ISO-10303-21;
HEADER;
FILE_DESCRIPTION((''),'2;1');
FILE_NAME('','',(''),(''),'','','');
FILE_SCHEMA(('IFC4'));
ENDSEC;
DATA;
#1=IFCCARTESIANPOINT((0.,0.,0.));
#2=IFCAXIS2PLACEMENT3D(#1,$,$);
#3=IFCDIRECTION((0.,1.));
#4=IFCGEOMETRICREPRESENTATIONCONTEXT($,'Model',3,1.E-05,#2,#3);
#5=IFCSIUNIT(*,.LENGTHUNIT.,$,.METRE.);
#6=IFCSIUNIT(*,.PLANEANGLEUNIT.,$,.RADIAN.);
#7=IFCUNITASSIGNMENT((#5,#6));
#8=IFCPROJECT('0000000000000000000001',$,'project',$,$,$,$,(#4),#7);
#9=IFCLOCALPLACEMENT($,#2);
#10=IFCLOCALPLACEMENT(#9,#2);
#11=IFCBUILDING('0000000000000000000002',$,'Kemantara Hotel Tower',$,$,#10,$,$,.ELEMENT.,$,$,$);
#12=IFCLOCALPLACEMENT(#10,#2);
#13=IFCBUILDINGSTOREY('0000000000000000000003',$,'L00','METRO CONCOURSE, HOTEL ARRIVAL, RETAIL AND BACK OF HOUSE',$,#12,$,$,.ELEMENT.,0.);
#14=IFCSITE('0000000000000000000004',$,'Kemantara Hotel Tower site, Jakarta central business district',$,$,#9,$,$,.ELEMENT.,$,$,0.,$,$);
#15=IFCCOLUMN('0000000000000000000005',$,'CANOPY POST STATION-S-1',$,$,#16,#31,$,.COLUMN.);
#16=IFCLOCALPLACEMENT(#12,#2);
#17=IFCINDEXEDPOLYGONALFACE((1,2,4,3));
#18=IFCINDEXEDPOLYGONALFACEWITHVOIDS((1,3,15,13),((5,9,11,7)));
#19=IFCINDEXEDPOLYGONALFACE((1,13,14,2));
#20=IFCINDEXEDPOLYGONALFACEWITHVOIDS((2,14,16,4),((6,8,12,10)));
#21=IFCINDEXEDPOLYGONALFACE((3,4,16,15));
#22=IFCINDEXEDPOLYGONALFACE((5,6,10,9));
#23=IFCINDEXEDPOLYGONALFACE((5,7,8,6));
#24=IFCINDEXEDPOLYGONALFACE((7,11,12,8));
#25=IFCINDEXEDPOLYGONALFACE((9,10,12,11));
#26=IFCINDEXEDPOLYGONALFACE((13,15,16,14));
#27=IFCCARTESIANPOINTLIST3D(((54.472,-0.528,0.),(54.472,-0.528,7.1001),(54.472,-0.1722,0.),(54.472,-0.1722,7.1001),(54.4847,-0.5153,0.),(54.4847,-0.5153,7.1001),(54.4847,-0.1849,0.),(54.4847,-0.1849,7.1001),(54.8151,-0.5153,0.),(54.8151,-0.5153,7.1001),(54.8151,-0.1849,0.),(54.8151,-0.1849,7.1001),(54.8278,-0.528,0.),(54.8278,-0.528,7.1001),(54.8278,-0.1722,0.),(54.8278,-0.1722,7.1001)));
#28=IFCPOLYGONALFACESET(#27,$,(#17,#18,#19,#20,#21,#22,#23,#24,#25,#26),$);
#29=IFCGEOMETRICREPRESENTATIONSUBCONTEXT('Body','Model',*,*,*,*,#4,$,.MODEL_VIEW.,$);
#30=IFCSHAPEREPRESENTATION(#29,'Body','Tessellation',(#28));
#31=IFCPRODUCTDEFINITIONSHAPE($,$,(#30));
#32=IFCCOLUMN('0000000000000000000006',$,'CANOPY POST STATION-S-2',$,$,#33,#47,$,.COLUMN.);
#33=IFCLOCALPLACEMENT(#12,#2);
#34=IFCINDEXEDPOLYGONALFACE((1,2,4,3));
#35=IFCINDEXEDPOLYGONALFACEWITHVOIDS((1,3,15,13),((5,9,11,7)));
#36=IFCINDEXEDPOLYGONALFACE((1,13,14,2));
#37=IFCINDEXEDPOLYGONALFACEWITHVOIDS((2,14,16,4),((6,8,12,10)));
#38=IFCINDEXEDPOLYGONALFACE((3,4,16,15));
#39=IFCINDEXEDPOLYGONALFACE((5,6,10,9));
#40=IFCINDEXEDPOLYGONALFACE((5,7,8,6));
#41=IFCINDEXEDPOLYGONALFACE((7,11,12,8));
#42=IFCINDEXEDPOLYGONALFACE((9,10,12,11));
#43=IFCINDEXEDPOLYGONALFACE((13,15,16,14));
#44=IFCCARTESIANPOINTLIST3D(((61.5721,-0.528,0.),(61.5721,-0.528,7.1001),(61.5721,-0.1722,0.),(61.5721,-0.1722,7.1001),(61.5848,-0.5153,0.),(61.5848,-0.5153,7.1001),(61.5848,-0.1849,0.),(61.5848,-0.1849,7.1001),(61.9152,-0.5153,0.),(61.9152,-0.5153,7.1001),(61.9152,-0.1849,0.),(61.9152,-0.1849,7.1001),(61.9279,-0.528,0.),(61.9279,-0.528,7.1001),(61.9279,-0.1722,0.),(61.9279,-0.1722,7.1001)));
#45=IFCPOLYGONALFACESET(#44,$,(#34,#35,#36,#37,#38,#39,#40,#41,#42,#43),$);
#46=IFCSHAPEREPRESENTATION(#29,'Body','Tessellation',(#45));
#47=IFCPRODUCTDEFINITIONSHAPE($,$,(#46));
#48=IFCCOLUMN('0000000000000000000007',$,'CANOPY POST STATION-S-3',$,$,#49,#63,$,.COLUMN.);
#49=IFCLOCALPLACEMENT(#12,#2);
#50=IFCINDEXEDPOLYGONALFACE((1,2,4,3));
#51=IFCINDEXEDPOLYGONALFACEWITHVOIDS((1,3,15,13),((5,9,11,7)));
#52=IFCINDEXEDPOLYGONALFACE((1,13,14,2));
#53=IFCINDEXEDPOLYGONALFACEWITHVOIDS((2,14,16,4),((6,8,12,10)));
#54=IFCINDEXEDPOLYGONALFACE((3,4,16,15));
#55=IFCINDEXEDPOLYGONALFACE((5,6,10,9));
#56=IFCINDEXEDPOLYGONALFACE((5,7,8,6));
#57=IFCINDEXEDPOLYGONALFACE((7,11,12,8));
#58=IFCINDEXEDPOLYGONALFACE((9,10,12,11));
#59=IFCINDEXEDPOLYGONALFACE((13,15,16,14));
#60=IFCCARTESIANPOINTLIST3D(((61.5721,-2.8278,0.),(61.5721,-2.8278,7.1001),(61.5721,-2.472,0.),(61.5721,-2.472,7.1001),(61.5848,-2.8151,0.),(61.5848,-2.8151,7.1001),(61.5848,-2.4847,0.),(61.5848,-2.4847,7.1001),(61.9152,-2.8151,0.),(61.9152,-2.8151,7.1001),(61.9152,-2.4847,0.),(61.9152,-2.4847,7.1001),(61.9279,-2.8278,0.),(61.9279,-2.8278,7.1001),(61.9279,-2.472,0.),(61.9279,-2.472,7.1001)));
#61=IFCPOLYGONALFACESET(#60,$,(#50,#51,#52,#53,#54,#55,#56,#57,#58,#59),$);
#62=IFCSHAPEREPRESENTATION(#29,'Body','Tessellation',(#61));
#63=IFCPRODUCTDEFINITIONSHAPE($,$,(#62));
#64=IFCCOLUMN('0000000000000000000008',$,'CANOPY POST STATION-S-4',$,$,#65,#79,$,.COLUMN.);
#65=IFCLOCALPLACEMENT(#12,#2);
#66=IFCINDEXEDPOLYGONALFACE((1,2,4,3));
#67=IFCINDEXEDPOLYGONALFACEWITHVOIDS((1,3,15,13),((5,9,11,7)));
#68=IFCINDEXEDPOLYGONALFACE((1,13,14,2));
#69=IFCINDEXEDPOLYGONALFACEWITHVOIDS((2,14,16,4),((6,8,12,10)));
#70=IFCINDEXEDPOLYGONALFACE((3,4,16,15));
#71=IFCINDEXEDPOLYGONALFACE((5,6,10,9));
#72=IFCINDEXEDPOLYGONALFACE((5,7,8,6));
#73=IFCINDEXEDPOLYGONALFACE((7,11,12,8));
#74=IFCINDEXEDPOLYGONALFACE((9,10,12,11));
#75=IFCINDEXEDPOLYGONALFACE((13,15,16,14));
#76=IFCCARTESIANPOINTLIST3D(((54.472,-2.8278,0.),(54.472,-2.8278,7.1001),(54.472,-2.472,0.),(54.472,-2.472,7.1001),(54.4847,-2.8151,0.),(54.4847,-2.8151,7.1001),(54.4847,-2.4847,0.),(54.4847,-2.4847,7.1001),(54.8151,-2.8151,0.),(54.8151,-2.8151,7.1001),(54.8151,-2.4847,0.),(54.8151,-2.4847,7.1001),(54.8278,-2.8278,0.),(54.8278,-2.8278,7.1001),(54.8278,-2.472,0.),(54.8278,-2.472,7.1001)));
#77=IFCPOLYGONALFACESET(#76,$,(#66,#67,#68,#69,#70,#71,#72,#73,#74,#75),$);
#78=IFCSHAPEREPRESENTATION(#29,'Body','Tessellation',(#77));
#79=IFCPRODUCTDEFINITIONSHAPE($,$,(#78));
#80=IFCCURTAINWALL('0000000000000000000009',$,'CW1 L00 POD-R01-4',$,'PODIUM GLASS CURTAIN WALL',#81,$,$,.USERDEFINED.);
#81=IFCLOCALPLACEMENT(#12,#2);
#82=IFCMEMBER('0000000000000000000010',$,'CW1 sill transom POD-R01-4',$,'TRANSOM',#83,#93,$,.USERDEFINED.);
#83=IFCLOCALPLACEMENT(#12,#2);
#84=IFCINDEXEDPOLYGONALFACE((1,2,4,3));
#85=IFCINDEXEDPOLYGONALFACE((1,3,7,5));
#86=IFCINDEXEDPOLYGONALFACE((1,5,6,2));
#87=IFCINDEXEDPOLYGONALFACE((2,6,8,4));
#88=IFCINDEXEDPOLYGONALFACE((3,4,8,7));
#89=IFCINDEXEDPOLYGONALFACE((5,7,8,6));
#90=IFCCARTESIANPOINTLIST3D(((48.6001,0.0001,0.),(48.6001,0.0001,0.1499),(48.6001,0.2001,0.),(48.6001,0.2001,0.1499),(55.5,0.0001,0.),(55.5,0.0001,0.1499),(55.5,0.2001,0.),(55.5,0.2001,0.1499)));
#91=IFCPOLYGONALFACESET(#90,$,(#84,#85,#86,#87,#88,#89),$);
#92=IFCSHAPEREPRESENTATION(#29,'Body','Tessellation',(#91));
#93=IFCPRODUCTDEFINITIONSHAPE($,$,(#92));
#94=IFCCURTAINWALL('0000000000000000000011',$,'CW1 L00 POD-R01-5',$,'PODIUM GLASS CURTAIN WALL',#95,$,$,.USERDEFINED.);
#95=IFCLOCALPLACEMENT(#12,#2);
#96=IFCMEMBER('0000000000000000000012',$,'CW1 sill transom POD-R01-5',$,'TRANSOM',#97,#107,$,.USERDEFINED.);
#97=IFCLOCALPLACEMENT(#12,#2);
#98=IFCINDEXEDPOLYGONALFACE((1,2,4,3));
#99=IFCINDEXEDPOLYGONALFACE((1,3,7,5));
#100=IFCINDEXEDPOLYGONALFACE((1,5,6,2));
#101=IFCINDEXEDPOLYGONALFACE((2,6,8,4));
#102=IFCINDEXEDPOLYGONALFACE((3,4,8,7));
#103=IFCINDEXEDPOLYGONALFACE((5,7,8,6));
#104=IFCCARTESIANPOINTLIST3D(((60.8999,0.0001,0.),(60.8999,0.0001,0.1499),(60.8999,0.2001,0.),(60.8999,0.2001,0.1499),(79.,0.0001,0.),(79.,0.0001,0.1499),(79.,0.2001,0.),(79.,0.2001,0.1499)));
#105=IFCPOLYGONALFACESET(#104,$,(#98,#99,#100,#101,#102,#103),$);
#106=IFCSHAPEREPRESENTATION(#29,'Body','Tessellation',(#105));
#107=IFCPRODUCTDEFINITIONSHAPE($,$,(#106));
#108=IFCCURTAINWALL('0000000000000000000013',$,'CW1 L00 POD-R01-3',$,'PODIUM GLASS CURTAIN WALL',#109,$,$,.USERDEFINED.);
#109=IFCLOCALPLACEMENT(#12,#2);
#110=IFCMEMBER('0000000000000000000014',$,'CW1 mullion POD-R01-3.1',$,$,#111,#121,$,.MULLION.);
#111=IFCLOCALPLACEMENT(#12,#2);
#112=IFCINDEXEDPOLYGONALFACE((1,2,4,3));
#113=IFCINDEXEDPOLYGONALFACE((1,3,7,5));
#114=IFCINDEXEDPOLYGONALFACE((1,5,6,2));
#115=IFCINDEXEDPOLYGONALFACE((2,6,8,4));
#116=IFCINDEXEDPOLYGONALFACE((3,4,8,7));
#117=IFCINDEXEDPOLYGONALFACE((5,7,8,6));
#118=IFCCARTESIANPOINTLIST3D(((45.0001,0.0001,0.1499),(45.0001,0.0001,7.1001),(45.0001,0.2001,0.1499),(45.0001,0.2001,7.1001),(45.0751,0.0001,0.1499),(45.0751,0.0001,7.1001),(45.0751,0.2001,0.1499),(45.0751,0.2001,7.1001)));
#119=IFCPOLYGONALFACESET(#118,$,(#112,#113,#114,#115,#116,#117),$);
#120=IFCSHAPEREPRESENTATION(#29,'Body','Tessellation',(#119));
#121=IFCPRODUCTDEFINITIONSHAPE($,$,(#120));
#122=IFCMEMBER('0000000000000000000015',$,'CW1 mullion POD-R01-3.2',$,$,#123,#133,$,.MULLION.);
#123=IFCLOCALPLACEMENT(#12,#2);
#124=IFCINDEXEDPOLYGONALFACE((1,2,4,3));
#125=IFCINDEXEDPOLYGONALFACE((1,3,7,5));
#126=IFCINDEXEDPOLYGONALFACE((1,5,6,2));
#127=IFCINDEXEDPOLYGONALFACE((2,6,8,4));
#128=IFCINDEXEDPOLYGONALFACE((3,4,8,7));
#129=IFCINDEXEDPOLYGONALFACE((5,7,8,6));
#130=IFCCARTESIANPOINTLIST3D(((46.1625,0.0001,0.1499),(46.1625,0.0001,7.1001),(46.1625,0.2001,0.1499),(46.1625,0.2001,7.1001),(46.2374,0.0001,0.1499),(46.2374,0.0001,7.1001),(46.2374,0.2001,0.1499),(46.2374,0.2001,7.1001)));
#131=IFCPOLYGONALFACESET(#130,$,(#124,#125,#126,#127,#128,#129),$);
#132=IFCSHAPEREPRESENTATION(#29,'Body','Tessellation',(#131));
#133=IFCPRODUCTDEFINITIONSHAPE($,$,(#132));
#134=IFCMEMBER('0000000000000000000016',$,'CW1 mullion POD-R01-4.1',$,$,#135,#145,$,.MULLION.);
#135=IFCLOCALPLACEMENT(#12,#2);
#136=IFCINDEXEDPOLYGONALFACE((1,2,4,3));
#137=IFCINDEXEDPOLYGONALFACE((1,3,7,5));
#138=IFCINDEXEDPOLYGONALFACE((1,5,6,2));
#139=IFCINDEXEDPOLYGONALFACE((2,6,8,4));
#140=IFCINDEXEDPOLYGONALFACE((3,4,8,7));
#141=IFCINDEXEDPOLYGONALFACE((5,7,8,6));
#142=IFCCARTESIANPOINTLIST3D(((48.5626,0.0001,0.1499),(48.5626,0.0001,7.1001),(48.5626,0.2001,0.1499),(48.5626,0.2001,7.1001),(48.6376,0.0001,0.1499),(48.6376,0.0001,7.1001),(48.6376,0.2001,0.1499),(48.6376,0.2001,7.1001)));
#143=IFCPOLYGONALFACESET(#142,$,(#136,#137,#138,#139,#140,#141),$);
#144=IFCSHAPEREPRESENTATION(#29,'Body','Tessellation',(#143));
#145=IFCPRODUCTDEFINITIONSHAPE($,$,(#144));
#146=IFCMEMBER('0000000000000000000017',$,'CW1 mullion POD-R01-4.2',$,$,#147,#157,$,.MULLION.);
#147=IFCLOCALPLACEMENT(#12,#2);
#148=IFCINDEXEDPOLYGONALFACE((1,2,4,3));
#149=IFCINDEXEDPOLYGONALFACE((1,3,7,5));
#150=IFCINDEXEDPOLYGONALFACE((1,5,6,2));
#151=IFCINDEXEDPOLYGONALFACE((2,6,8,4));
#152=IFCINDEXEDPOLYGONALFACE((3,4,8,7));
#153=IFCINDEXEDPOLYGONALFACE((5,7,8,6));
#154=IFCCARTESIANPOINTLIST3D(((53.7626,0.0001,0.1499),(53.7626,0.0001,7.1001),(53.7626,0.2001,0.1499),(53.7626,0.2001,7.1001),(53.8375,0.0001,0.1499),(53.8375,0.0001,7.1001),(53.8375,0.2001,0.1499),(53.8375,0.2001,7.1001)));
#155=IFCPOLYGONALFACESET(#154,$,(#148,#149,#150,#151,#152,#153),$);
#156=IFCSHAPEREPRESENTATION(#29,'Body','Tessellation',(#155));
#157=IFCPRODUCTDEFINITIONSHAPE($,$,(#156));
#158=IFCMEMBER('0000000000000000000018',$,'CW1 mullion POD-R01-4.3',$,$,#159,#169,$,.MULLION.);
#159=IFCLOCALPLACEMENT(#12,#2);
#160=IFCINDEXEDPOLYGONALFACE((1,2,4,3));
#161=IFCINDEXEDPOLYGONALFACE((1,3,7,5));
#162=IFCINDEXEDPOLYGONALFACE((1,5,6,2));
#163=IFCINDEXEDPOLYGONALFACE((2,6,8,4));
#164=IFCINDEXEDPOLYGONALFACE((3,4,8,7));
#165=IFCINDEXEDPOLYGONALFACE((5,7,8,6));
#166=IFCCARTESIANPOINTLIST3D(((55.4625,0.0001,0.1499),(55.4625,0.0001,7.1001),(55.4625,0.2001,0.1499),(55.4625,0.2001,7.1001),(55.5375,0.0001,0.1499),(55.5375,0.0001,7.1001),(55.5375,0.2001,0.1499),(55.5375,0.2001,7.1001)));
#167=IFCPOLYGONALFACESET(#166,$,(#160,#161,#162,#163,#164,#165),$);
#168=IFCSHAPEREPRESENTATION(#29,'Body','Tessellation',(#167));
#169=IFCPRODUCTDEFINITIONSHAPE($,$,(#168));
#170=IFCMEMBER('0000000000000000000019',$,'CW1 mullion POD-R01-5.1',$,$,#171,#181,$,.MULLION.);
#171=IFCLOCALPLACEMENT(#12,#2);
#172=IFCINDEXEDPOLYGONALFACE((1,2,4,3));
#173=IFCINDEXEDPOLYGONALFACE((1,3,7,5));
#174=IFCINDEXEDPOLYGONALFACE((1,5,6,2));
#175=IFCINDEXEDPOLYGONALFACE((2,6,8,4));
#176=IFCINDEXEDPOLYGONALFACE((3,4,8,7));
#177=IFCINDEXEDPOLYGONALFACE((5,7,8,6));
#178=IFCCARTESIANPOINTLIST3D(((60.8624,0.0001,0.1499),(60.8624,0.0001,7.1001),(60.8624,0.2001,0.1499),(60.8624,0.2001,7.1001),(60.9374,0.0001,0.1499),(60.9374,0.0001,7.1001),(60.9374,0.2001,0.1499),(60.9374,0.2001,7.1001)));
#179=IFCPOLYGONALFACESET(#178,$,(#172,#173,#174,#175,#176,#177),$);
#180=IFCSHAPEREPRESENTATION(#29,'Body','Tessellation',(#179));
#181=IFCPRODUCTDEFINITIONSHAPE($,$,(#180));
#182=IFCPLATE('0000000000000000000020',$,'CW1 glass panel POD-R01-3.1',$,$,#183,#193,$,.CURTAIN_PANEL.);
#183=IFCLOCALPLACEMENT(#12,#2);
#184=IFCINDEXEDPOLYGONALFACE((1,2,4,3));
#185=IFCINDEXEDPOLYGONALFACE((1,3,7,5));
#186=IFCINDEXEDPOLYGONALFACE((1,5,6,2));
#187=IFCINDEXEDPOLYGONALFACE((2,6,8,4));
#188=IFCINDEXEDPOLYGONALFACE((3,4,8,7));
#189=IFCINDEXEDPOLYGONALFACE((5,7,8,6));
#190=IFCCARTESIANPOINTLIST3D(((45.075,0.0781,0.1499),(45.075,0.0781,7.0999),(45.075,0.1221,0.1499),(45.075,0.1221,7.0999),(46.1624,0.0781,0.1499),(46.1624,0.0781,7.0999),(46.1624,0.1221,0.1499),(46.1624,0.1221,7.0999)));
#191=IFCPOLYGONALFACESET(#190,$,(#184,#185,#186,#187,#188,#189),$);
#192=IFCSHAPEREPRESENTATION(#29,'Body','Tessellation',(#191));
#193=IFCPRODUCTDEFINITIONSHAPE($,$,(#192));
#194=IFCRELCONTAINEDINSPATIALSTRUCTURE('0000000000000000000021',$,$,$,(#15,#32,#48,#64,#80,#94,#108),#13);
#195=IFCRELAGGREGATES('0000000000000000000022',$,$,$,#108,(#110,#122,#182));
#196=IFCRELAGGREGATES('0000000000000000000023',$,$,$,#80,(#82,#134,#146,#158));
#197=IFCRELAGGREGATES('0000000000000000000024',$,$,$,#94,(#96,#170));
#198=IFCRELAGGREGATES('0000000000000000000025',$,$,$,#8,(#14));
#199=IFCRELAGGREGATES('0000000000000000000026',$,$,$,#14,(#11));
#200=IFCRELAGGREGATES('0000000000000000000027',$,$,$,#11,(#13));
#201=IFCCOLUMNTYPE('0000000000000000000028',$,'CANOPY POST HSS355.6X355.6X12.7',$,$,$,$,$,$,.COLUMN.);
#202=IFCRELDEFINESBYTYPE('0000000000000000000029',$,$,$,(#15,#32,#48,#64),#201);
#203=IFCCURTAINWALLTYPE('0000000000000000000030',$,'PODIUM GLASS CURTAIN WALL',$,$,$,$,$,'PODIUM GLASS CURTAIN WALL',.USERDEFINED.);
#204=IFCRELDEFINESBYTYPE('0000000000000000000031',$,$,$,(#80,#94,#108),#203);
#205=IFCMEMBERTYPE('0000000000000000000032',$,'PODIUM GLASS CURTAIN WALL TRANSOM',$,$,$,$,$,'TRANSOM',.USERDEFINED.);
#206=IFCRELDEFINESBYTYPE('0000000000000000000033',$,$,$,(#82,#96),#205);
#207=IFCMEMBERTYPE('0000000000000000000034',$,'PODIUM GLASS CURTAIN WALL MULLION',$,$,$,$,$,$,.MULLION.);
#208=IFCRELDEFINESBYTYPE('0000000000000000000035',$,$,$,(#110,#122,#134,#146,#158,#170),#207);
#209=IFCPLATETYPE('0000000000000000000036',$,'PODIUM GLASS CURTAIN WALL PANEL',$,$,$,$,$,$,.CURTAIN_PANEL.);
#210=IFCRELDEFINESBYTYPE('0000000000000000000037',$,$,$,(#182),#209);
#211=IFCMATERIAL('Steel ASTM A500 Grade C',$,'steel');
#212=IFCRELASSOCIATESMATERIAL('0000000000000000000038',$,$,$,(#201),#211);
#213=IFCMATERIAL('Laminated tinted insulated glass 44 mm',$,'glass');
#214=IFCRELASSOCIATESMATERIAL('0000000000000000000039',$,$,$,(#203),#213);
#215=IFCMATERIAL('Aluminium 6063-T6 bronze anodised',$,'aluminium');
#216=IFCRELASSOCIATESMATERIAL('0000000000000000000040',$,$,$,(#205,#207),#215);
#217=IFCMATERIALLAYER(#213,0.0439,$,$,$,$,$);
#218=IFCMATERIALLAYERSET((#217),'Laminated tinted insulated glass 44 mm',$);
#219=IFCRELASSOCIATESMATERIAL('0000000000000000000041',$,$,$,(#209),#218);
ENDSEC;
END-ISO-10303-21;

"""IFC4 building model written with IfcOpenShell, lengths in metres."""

from ifc_helpers import new_model, si_unit, direction, frame, origin, origin_2d, place, context, subcontext, project, spatial, rectangle, hollow_rectangle, extrude, source, transform, mapped, material, layer, layer_set, material_profile, profile_set, type_object, element, aggregate, save


model = new_model("IFC4")

# Units and contexts
model_context = context("Model", 3, precision=1e-05, world=origin(), true_north=direction((0.0, 1.0)))
body_context = subcontext(model_context, "Body", "Model", "MODEL_VIEW")
ifc_project = project(units=[si_unit("LENGTHUNIT", "METRE"), si_unit("PLANEANGLEUNIT", "RADIAN")], contexts=[model_context])

# Site, building, storey
site_placement = place(None, origin())
site = spatial("IfcSite", under=ifc_project, at=site_placement, Name="Kemantara Hotel Tower site, Jakarta central business district", CompositionType="ELEMENT", RefElevation=0.0)
building_placement = place(site_placement, origin())
building = spatial("IfcBuilding", under=site, at=building_placement, Name="Kemantara Hotel Tower", CompositionType="ELEMENT")
storey_placement = place(building_placement, origin())
storey = spatial("IfcBuildingStorey", under=building, at=storey_placement, Name="L00", Description="METRO CONCOURSE, HOTEL ARRIVAL, RETAIL AND BACK OF HOUSE", CompositionType="ELEMENT", Elevation=0.0)

# Columns
ifc_material_1 = material(Name="Steel ASTM A500 Grade C", Category="steel")
ifc_material_profile_1 = material_profile(ifc_material_1, hollow_rectangle(XDim=0.3557, YDim=0.3557, WallThickness=0.0127, at=origin_2d()), Name="HSS355.6X355.6X12.7")
ifc_profile_set_1 = profile_set([ifc_material_profile_1], Name="Steel ASTM A500 Grade C")
column_type = type_object("IfcColumnType", Name="CANOPY POST HSS355.6X355.6X12.7", PredefinedType="COLUMN", material=ifc_profile_set_1)
for number, where, z_axis, x_axis, name in (
    (1, (54.6499, -0.3501, 0.0), (0.0, 0.0, 1.0), (1.0, 0.0, 0.0), "CANOPY POST STATION-S-1"),
    (2, (61.75, -0.3501, 0.0), (0.0, 0.0, 1.0), (1.0, 0.0, 0.0), "CANOPY POST STATION-S-2"),
    (3, (61.75, -2.6499, 0.0), (0.0, 0.0, 1.0), (1.0, 0.0, 0.0), "CANOPY POST STATION-S-3"),
    (4, (54.6499, -2.6499, 0.0), (0.0, 0.0, 1.0), (1.0, 0.0, 0.0), "CANOPY POST STATION-S-4"),
):
    element("IfcColumn", number, at=place(storey_placement, frame(where, z_axis=z_axis, x_axis=x_axis)), inside=storey, type_object=column_type, Name=name, PredefinedType="COLUMN", context=body_context, shape_type="SweptSolid", body=[
        extrude(hollow_rectangle(XDim=0.3557, YDim=0.3557, WallThickness=0.0127, at=origin_2d()), origin(), (0.0, 0.0, 1.0), 7.1001),
    ])

# Curtain walls, members
ifc_material_2 = material(Name="Laminated tinted insulated glass 44 mm", Category="glass")
curtain_wall_type = type_object("IfcCurtainWallType", Name="PODIUM GLASS CURTAIN WALL", ElementType="PODIUM GLASS CURTAIN WALL", PredefinedType="USERDEFINED", material=ifc_material_2)
curtain_wall_1_placement = place(storey_placement, origin())
curtain_wall_1 = element("IfcCurtainWall", 5, at=curtain_wall_1_placement, inside=storey, type_object=curtain_wall_type, Name="CW1 L00 POD-R01-4", ObjectType="PODIUM GLASS CURTAIN WALL", PredefinedType="USERDEFINED")
ifc_material_3 = material(Name="Aluminium 6063-T6 bronze anodised", Category="aluminium")
ifc_material_profile_2 = material_profile(ifc_material_3, rectangle(XDim=0.2, YDim=0.1499, at=origin_2d()), Name="PODIUM GLASS CURTAIN WALL TRANSOM")
ifc_profile_set_2 = profile_set([ifc_material_profile_2], Name="Aluminium 6063-T6 bronze anodised")
member_type_1 = type_object("IfcMemberType", Name="PODIUM GLASS CURTAIN WALL TRANSOM", ElementType="TRANSOM", PredefinedType="USERDEFINED", material=ifc_profile_set_2)
member_1_placement = place(storey_placement, frame((48.6001, 0.1001, 0.075), z_axis=(1.0, 0.0, 0.0), x_axis=(0.0, 1.0, 0.0)))
member_1 = element("IfcMember", 6, at=member_1_placement, type_object=member_type_1, Name="CW1 sill transom POD-R01-4", ObjectType="TRANSOM", PredefinedType="USERDEFINED", context=body_context, shape_type="SweptSolid", body=[
    extrude(rectangle(XDim=0.2, YDim=0.1499, at=origin_2d()), origin(), (0.0, 0.0, 1.0), 6.8999),
])
curtain_wall_2_placement = place(storey_placement, origin())
curtain_wall_2 = element("IfcCurtainWall", 7, at=curtain_wall_2_placement, inside=storey, type_object=curtain_wall_type, Name="CW1 L00 POD-R01-5", ObjectType="PODIUM GLASS CURTAIN WALL", PredefinedType="USERDEFINED")
member_2_placement = place(storey_placement, frame((60.8999, 0.1001, 0.075), z_axis=(1.0, 0.0, 0.0), x_axis=(0.0, 1.0, 0.0)))
member_2 = element("IfcMember", 8, at=member_2_placement, type_object=member_type_1, Name="CW1 sill transom POD-R01-5", ObjectType="TRANSOM", PredefinedType="USERDEFINED", context=body_context, shape_type="SweptSolid", body=[
    extrude(rectangle(XDim=0.2, YDim=0.1499, at=origin_2d()), origin(), (0.0, 0.0, 1.0), 18.1001),
])

# Curtain wall, members
curtain_wall_3_placement = place(storey_placement, origin())
curtain_wall_3 = element("IfcCurtainWall", 9, at=curtain_wall_3_placement, inside=storey, type_object=curtain_wall_type, Name="CW1 L00 POD-R01-3", ObjectType="PODIUM GLASS CURTAIN WALL", PredefinedType="USERDEFINED")
ifc_material_profile_3 = material_profile(ifc_material_3, rectangle(XDim=0.2, YDim=0.075, at=origin_2d()), Name="PODIUM GLASS CURTAIN WALL MULLION")
ifc_profile_set_3 = profile_set([ifc_material_profile_3], Name="Aluminium 6063-T6 bronze anodised")
member_type_2 = type_object("IfcMemberType", Name="PODIUM GLASS CURTAIN WALL MULLION", PredefinedType="MULLION", material=ifc_profile_set_3)
shared_shape_1 = source(origin(), body_context, "Body", "SweptSolid", [
    extrude(rectangle(XDim=0.2, YDim=0.075, at=origin_2d()), origin(), (0.0, 0.0, 1.0), 6.9502),
])
member_3_placement = place(storey_placement, frame((45.0376, 0.1001, 0.1499), z_axis=(0.0, 0.0, 1.0), x_axis=(0.0, 1.0, 0.0)))
member_3 = element("IfcMember", 10, at=member_3_placement, type_object=member_type_2, Name="CW1 mullion POD-R01-3.1", PredefinedType="MULLION", context=body_context, shape_type="MappedRepresentation", body=[
    mapped(shared_shape_1, transform((0.0, 0.0, 0.0))),
])
member_4_placement = place(storey_placement, frame((46.2, 0.1001, 0.1499), z_axis=(0.0, 0.0, 1.0), x_axis=(0.0, 1.0, 0.0)))
member_4 = element("IfcMember", 11, at=member_4_placement, type_object=member_type_2, Name="CW1 mullion POD-R01-3.2", PredefinedType="MULLION", context=body_context, shape_type="MappedRepresentation", body=[
    mapped(shared_shape_1, transform((0.0, 0.0, 0.0))),
])

# Members
member_5_placement = place(storey_placement, frame((48.6001, 0.1001, 0.1499), z_axis=(0.0, 0.0, 1.0), x_axis=(0.0, 1.0, 0.0)))
member_5 = element("IfcMember", 12, at=member_5_placement, type_object=member_type_2, Name="CW1 mullion POD-R01-4.1", PredefinedType="MULLION", context=body_context, shape_type="MappedRepresentation", body=[
    mapped(shared_shape_1, transform((0.0, 0.0, 0.0))),
])
member_6_placement = place(storey_placement, frame((53.8, 0.1001, 0.1499), z_axis=(0.0, 0.0, 1.0), x_axis=(0.0, 1.0, 0.0)))
member_6 = element("IfcMember", 13, at=member_6_placement, type_object=member_type_2, Name="CW1 mullion POD-R01-4.2", PredefinedType="MULLION", context=body_context, shape_type="MappedRepresentation", body=[
    mapped(shared_shape_1, transform((0.0, 0.0, 0.0))),
])
member_7_placement = place(storey_placement, frame((55.5, 0.1001, 0.1499), z_axis=(0.0, 0.0, 1.0), x_axis=(0.0, 1.0, 0.0)))
member_7 = element("IfcMember", 14, at=member_7_placement, type_object=member_type_2, Name="CW1 mullion POD-R01-4.3", PredefinedType="MULLION", context=body_context, shape_type="MappedRepresentation", body=[
    mapped(shared_shape_1, transform((0.0, 0.0, 0.0))),
])
member_8_placement = place(storey_placement, frame((60.8999, 0.1001, 0.1499), z_axis=(0.0, 0.0, 1.0), x_axis=(0.0, 1.0, 0.0)))
member_8 = element("IfcMember", 15, at=member_8_placement, type_object=member_type_2, Name="CW1 mullion POD-R01-5.1", PredefinedType="MULLION", context=body_context, shape_type="MappedRepresentation", body=[
    mapped(shared_shape_1, transform((0.0, 0.0, 0.0))),
])

# Plate
ifc_layer_1 = layer(ifc_material_2, 0.0439)
ifc_layer_set_1 = layer_set([ifc_layer_1], Name="Laminated tinted insulated glass 44 mm")
plate_type = type_object("IfcPlateType", Name="PODIUM GLASS CURTAIN WALL PANEL", PredefinedType="CURTAIN_PANEL", material=ifc_layer_set_1)
shared_shape_2 = source(origin(), body_context, "Body", "SweptSolid", [
    extrude(rectangle(XDim=1.0874, YDim=0.0439, at=origin_2d()), origin(), (0.0, 0.0, 1.0), 6.95),
])
plate_1_placement = place(storey_placement, frame((45.6187, 0.1001, 0.1499), z_axis=(0.0, 0.0, 1.0), x_axis=(1.0, 0.0, 0.0)))
plate_1 = element("IfcPlate", 16, at=plate_1_placement, type_object=plate_type, Name="CW1 glass panel POD-R01-3.1", PredefinedType="CURTAIN_PANEL", context=body_context, shape_type="MappedRepresentation", body=[
    mapped(shared_shape_2, transform((0.0, 0.0, 0.0))),
])
aggregate(curtain_wall_3, [member_3, member_4, plate_1])
aggregate(curtain_wall_1, [member_1, member_5, member_6, member_7])
aggregate(curtain_wall_2, [member_2, member_8])

save(model, "model.ifc")
